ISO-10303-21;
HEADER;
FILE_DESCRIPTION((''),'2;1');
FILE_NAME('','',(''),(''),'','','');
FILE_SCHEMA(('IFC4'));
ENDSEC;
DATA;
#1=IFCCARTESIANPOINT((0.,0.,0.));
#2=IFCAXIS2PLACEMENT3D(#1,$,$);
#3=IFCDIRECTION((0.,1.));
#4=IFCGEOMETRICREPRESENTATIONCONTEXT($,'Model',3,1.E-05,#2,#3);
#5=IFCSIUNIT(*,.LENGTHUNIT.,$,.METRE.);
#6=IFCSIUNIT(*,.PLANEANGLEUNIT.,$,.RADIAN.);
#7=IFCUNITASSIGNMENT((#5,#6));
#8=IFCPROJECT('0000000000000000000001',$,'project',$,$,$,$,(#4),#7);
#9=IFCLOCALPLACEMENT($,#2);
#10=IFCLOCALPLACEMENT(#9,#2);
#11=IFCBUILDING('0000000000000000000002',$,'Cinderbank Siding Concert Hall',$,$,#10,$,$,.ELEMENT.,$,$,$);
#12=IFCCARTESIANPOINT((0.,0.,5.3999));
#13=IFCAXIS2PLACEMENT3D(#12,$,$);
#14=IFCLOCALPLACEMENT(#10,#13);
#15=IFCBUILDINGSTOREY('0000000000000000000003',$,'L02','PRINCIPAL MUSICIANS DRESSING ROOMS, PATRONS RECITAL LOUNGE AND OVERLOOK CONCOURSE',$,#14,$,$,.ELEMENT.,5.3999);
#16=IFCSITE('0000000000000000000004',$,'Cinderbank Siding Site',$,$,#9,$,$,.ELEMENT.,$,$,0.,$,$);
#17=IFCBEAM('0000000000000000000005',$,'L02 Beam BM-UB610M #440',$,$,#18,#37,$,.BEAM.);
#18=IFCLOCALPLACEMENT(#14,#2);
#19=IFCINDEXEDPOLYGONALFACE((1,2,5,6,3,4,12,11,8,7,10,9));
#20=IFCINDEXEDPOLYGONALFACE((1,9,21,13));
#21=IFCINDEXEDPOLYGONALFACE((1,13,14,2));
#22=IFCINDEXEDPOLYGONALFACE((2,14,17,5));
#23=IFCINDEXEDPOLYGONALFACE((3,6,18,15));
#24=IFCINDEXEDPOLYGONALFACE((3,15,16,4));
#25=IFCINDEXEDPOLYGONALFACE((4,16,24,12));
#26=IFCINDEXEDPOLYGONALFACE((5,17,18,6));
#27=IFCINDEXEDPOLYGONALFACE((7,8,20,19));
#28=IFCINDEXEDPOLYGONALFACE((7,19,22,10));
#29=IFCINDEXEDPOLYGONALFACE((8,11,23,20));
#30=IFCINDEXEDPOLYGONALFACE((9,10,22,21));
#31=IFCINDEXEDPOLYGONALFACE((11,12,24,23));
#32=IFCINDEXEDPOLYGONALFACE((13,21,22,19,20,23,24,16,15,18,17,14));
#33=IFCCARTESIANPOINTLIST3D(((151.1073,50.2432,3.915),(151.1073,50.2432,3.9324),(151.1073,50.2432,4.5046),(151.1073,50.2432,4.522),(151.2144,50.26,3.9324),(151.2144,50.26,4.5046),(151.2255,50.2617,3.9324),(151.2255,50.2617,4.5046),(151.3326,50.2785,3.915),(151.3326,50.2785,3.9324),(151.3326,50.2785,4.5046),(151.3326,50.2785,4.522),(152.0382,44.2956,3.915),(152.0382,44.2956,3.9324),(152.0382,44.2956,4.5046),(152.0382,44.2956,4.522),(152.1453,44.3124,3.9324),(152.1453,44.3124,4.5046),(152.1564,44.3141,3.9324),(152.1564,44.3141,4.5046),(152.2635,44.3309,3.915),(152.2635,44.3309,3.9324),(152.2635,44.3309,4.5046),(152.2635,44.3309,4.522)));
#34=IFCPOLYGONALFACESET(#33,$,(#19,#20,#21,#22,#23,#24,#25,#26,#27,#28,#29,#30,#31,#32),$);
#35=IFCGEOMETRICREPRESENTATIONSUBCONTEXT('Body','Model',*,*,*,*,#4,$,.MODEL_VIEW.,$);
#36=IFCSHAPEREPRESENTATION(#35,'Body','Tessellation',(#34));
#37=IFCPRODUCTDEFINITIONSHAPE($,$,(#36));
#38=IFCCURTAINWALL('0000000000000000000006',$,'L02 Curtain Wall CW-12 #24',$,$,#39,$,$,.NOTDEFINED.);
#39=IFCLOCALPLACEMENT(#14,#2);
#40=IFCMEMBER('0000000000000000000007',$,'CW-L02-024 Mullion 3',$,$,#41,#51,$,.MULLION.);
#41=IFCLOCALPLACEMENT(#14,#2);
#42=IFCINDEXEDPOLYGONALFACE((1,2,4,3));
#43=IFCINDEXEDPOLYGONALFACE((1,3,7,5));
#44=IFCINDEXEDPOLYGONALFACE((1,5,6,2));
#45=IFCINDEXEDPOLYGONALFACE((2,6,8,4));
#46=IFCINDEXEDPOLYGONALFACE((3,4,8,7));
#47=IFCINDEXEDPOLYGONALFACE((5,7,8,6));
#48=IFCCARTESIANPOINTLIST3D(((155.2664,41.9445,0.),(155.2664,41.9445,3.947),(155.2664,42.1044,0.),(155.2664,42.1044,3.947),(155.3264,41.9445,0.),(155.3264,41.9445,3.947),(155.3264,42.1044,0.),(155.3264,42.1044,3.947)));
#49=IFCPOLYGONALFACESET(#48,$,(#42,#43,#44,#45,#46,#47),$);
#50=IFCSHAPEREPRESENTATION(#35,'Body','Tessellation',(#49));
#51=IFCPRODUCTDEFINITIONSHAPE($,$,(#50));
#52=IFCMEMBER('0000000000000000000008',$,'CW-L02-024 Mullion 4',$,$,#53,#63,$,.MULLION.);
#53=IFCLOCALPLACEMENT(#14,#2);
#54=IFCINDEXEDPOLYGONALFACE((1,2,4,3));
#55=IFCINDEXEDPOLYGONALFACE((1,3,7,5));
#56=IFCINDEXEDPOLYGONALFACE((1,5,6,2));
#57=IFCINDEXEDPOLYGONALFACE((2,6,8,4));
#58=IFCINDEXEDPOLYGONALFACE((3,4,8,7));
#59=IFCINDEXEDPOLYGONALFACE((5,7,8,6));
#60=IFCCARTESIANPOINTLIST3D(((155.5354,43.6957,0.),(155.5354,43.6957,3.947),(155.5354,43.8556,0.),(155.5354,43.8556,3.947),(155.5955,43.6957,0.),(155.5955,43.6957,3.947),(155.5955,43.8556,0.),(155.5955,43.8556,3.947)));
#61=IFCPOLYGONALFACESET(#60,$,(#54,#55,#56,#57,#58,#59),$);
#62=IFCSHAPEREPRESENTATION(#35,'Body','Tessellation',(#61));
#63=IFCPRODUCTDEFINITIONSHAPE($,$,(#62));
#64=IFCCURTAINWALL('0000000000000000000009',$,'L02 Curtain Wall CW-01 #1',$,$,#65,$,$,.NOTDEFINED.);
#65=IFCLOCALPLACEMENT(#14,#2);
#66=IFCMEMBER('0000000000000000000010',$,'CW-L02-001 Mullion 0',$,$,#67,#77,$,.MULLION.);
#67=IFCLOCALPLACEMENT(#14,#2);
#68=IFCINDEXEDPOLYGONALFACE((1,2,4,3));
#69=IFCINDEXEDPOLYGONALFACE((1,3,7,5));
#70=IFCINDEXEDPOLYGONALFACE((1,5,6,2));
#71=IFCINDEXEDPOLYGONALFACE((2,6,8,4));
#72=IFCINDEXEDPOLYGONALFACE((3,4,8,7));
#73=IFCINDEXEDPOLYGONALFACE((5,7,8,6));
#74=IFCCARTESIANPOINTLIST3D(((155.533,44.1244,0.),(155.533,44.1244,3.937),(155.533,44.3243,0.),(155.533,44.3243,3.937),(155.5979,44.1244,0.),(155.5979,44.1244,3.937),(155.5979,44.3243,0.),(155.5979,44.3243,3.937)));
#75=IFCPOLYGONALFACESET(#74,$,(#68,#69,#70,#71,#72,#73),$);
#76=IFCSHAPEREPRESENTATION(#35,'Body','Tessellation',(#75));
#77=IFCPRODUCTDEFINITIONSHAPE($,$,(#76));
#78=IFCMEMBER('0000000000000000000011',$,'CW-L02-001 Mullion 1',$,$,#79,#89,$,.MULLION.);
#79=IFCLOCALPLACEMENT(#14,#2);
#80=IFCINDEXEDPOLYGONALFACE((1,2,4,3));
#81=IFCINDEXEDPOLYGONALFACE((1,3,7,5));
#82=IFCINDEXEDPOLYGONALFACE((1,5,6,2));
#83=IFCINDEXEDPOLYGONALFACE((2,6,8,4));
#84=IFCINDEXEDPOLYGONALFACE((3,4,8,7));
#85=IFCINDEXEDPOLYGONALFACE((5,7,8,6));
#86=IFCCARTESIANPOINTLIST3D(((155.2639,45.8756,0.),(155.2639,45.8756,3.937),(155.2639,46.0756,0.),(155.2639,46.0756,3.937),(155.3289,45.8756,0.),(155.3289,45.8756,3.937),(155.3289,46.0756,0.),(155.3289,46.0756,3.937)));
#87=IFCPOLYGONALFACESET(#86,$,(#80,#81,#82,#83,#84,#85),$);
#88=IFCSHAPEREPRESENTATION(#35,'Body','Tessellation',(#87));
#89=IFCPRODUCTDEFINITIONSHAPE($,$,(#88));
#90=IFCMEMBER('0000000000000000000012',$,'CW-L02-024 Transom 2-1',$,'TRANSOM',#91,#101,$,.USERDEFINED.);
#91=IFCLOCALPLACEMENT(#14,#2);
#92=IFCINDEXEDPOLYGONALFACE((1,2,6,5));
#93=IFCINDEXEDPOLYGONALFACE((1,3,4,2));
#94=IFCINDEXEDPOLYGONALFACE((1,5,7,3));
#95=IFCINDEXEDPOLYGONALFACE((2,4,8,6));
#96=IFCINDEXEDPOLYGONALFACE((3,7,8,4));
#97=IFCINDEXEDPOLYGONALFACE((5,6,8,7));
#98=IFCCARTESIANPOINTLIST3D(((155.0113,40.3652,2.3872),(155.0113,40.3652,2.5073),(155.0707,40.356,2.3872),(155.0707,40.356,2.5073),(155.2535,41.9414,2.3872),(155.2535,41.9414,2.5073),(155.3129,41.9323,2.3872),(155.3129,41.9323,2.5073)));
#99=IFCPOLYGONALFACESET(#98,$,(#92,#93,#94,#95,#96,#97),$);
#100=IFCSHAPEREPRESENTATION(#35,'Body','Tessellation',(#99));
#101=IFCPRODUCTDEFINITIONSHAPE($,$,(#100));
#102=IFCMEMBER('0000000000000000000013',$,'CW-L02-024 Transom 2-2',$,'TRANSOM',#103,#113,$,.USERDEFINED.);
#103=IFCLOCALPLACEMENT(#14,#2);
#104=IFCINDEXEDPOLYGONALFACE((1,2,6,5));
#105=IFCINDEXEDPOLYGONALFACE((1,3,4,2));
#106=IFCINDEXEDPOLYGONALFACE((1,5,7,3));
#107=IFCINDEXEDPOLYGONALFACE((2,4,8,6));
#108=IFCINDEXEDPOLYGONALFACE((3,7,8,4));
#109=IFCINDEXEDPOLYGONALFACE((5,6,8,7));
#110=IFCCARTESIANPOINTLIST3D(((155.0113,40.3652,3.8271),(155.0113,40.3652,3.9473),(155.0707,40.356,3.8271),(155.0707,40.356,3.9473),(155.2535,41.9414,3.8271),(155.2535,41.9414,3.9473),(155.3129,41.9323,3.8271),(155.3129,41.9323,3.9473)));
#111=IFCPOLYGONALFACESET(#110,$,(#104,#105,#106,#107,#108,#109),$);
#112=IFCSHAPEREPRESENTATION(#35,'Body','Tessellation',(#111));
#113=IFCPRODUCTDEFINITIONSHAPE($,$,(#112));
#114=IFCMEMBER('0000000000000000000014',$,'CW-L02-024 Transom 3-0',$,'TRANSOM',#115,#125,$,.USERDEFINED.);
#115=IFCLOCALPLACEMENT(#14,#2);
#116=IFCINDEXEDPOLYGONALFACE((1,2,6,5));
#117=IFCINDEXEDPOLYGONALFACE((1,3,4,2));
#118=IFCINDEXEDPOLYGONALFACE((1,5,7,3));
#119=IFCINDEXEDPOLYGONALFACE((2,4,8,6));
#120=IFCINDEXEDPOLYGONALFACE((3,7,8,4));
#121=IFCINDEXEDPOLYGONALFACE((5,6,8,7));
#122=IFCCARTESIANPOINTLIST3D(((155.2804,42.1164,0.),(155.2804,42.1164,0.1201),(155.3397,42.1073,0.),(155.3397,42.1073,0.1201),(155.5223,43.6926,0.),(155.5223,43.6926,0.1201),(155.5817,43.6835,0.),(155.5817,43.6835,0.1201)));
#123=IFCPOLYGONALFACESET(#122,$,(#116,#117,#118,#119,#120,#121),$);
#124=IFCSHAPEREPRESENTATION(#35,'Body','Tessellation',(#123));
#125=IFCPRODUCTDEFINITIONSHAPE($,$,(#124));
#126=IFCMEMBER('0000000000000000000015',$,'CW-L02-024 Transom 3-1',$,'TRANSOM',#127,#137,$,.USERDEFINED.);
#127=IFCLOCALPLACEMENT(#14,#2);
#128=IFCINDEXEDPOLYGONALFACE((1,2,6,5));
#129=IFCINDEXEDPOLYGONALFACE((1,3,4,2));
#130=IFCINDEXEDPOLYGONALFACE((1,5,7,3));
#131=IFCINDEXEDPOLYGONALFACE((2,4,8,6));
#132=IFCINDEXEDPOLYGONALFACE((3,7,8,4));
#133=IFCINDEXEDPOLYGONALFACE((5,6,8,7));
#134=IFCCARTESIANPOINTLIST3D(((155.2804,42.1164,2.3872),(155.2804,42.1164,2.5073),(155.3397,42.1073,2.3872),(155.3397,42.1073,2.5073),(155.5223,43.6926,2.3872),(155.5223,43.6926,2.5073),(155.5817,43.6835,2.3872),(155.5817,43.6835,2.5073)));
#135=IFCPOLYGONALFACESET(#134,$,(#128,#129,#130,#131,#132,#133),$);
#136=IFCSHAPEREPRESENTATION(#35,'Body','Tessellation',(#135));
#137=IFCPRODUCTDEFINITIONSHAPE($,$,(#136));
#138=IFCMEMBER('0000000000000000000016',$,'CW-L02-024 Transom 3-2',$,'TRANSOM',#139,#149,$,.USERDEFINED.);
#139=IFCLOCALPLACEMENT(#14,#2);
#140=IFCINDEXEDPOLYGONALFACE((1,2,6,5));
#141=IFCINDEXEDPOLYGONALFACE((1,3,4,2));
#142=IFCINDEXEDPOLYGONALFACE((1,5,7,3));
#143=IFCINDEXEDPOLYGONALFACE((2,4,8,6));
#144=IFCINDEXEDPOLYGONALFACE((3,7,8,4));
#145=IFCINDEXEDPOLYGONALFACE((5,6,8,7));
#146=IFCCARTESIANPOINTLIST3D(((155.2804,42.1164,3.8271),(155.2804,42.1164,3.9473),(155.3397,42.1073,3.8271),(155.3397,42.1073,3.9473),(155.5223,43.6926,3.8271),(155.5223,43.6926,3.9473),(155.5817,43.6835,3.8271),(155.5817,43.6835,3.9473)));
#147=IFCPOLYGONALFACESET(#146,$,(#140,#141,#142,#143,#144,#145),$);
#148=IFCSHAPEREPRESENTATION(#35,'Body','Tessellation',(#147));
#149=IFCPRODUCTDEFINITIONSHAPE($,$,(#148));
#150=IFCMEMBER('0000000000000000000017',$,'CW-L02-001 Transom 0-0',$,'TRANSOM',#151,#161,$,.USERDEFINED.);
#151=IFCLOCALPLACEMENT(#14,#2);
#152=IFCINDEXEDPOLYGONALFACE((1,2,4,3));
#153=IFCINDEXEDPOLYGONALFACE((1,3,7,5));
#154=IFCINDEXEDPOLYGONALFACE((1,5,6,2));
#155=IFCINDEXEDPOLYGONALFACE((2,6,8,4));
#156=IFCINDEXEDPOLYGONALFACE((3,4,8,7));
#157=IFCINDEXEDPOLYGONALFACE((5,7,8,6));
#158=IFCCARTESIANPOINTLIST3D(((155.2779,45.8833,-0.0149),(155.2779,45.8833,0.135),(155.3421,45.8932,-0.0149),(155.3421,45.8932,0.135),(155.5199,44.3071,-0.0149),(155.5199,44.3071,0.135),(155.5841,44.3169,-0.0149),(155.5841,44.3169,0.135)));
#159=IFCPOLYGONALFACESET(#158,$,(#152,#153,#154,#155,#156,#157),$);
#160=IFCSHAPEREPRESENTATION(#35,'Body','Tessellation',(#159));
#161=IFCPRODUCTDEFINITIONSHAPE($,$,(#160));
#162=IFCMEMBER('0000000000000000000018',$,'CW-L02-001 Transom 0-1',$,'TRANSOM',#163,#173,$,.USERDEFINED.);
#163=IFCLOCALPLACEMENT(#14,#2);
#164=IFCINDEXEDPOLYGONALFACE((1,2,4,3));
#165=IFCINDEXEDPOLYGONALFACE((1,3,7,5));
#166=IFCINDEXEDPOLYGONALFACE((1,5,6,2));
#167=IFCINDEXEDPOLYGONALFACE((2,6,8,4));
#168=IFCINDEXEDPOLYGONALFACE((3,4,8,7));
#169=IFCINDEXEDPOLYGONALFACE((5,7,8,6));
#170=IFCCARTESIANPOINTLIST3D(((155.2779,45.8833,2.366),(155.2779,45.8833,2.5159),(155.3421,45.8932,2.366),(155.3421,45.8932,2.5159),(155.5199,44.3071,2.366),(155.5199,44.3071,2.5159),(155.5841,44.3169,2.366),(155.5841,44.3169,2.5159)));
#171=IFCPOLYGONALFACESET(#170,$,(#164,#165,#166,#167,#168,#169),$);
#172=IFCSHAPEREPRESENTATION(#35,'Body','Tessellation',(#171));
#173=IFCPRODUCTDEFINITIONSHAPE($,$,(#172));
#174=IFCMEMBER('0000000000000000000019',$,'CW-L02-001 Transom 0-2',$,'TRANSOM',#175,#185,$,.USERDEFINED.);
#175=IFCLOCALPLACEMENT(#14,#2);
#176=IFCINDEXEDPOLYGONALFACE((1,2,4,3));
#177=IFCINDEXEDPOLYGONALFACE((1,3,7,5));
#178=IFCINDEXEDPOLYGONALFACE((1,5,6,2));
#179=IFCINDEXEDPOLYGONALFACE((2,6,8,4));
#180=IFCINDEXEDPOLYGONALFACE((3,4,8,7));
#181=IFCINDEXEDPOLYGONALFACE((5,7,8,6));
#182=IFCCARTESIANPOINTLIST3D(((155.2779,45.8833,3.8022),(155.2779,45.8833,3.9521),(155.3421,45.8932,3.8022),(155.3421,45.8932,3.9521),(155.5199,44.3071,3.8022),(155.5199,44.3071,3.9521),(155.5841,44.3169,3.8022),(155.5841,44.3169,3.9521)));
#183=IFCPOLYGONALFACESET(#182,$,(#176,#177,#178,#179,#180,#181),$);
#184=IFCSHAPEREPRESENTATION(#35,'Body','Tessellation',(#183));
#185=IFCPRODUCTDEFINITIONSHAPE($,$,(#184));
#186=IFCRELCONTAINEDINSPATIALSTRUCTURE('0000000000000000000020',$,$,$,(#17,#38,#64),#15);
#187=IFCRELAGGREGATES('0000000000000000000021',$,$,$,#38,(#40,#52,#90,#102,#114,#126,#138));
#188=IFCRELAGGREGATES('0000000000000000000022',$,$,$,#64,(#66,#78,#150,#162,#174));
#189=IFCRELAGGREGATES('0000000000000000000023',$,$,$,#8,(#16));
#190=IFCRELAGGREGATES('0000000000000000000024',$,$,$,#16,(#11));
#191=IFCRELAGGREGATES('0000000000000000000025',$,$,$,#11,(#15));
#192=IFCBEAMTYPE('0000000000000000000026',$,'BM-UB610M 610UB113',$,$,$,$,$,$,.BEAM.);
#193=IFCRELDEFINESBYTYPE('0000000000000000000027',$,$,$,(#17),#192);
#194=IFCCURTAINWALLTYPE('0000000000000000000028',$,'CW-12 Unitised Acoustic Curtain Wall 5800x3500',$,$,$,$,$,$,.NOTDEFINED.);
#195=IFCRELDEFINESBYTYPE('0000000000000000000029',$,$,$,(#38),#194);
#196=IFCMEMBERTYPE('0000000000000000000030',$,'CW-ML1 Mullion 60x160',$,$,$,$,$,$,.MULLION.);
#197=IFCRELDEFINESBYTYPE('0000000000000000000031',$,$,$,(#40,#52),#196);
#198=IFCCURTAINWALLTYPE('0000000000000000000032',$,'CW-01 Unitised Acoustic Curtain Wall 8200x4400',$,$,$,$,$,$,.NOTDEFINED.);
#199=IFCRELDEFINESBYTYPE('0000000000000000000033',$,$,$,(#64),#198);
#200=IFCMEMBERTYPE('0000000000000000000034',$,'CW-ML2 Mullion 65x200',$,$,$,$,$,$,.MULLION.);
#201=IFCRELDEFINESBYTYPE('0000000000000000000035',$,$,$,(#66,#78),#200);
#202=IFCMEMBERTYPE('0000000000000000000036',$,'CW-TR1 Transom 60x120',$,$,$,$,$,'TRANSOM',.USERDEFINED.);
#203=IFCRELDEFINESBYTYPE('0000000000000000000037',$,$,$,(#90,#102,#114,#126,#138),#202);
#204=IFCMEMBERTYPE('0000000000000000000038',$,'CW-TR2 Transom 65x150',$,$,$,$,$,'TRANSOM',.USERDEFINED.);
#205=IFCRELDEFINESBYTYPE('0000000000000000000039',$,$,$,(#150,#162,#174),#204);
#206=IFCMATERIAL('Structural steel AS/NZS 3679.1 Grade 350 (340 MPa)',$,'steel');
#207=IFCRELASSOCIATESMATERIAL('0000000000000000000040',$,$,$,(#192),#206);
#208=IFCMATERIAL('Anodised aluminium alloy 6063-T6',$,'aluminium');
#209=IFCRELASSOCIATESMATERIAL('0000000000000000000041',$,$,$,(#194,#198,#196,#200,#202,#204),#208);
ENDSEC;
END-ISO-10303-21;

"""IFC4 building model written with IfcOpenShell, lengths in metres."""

from ifc_helpers import new_model, si_unit, direction, frame, origin, origin_2d, place, context, subcontext, project, spatial, rectangle, i_section, extrude, material, material_profile, profile_set, type_object, element, aggregate, save


model = new_model("IFC4")

# Units and contexts
model_context = context("Model", 3, precision=1e-05, world=origin(), true_north=direction((0.0, 1.0)))
body_context = subcontext(model_context, "Body", "Model", "MODEL_VIEW")
ifc_project = project(units=[si_unit("LENGTHUNIT", "METRE"), si_unit("PLANEANGLEUNIT", "RADIAN")], contexts=[model_context])

# Site, building, storey
site_placement = place(None, origin())
site = spatial("IfcSite", under=ifc_project, at=site_placement, Name="Cinderbank Siding Site", CompositionType="ELEMENT", RefElevation=0.0)
building_placement = place(site_placement, origin())
building = spatial("IfcBuilding", under=site, at=building_placement, Name="Cinderbank Siding Concert Hall", CompositionType="ELEMENT")
storey_placement = place(building_placement, frame((0.0, 0.0, 5.3999)))
storey = spatial("IfcBuildingStorey", under=building, at=storey_placement, Name="L02", Description="PRINCIPAL MUSICIANS DRESSING ROOMS, PATRONS RECITAL LOUNGE AND OVERLOOK CONCOURSE", CompositionType="ELEMENT", Elevation=5.3999)

# Beam
ifc_material_1 = material(Name="Structural steel AS/NZS 3679.1 Grade 350 (340 MPa)", Category="steel")
ifc_material_profile_1 = material_profile(ifc_material_1, i_section(OverallWidth=0.228, OverallDepth=0.6069, WebThickness=0.0112, FlangeThickness=0.0173, at=origin_2d()), Name="610UB113", Category="LoadBearing")
ifc_profile_set_1 = profile_set([ifc_material_profile_1], Name="Structural steel AS/NZS 3679.1 Grade 350 (340 MPa)")
beam_type_1 = type_object("IfcBeamType", Name="BM-UB610M 610UB113", PredefinedType="BEAM", material=ifc_profile_set_1)
beam_1_placement = place(storey_placement, frame((152.1509, 44.3132, 4.2185), z_axis=(-0.154638, 0.987971, 0.0), x_axis=(-0.987971, -0.154638, 0.0)))
element("IfcBeam", 1, at=beam_1_placement, inside=storey, type_object=beam_type_1, Name="L02 Beam BM-UB610M #440", PredefinedType="BEAM", context=body_context, shape_type="SweptSolid", body=[
    extrude(i_section(OverallWidth=0.228, OverallDepth=0.6069, WebThickness=0.0112, FlangeThickness=0.0173, at=origin_2d()), origin(), (0.0, 0.0, 1.0), 6.02),
])

# Curtain walls, members
ifc_material_2 = material(Name="Anodised aluminium alloy 6063-T6", Category="aluminium")
curtain_wall_type_1 = type_object("IfcCurtainWallType", Name="CW-12 Unitised Acoustic Curtain Wall 5800x3500", PredefinedType="NOTDEFINED", material=ifc_material_2)
curtain_wall_1_placement = place(storey_placement, origin())
curtain_wall_1 = element("IfcCurtainWall", 2, at=curtain_wall_1_placement, inside=storey, type_object=curtain_wall_type_1, Name="L02 Curtain Wall CW-12 #24", PredefinedType="NOTDEFINED")
ifc_material_profile_2 = material_profile(ifc_material_2, rectangle(XDim=0.0601, YDim=0.1599, at=origin_2d()), Name="ALU-MULL-60x160", Category="LoadBearing")
ifc_profile_set_2 = profile_set([ifc_material_profile_2], Name="Anodised aluminium alloy 6063-T6")
member_type_1 = type_object("IfcMemberType", Name="CW-ML1 Mullion 60x160", PredefinedType="MULLION", material=ifc_profile_set_2)
member_1_placement = place(storey_placement, frame((155.2964, 42.0244, 0.0), z_axis=(0.0, 0.0, 1.0), x_axis=(1.0, 0.0, 0.0)))
member_1 = element("IfcMember", 3, at=member_1_placement, type_object=member_type_1, Name="CW-L02-024 Mullion 3", PredefinedType="MULLION", context=body_context, shape_type="SweptSolid", body=[
    extrude(rectangle(XDim=0.0601, YDim=0.1599, at=origin_2d()), origin(), (0.0, 0.0, 1.0), 3.947),
])
member_2_placement = place(storey_placement, frame((155.5654, 43.7756, 0.0), z_axis=(0.0, 0.0, 1.0), x_axis=(1.0, 0.0, 0.0)))
member_2 = element("IfcMember", 4, at=member_2_placement, type_object=member_type_1, Name="CW-L02-024 Mullion 4", PredefinedType="MULLION", context=body_context, shape_type="SweptSolid", body=[
    extrude(rectangle(XDim=0.0601, YDim=0.1599, at=origin_2d()), origin(), (0.0, 0.0, 1.0), 3.947),
])
curtain_wall_type_2 = type_object("IfcCurtainWallType", Name="CW-01 Unitised Acoustic Curtain Wall 8200x4400", PredefinedType="NOTDEFINED", material=ifc_material_2)
curtain_wall_2_placement = place(storey_placement, origin())
curtain_wall_2 = element("IfcCurtainWall", 5, at=curtain_wall_2_placement, inside=storey, type_object=curtain_wall_type_2, Name="L02 Curtain Wall CW-01 #1", PredefinedType="NOTDEFINED")
ifc_material_profile_3 = material_profile(ifc_material_2, rectangle(XDim=0.0649, YDim=0.2, at=origin_2d()), Name="ALU-MULL-65x200", Category="LoadBearing")
ifc_profile_set_3 = profile_set([ifc_material_profile_3], Name="Anodised aluminium alloy 6063-T6")
member_type_2 = type_object("IfcMemberType", Name="CW-ML2 Mullion 65x200", PredefinedType="MULLION", material=ifc_profile_set_3)
member_3_placement = place(storey_placement, frame((155.5654, 44.2244, 0.0), z_axis=(0.0, 0.0, 1.0), x_axis=(1.0, 0.0, 0.0)))
member_3 = element("IfcMember", 6, at=member_3_placement, type_object=member_type_2, Name="CW-L02-001 Mullion 0", PredefinedType="MULLION", context=body_context, shape_type="SweptSolid", body=[
    extrude(rectangle(XDim=0.0649, YDim=0.2, at=origin_2d()), origin(), (0.0, 0.0, 1.0), 3.937),
])
member_4_placement = place(storey_placement, frame((155.2964, 45.9756, 0.0), z_axis=(0.0, 0.0, 1.0), x_axis=(1.0, 0.0, 0.0)))
member_4 = element("IfcMember", 7, at=member_4_placement, type_object=member_type_2, Name="CW-L02-001 Mullion 1", PredefinedType="MULLION", context=body_context, shape_type="SweptSolid", body=[
    extrude(rectangle(XDim=0.0649, YDim=0.2, at=origin_2d()), origin(), (0.0, 0.0, 1.0), 3.937),
])

# Members
ifc_material_profile_4 = material_profile(ifc_material_2, rectangle(XDim=0.0601, YDim=0.1201, at=origin_2d()), Name="ALU-TRAN-60x120", Category="LoadBearing")
ifc_profile_set_4 = profile_set([ifc_material_profile_4], Name="Anodised aluminium alloy 6063-T6")
member_type_3 = type_object("IfcMemberType", Name="CW-TR1 Transom 60x120", ElementType="TRANSOM", PredefinedType="USERDEFINED", material=ifc_profile_set_4)
member_5_placement = place(storey_placement, frame((155.041, 40.3606, 2.4473), z_axis=(0.151873, 0.9884, 0.0), x_axis=(-0.9884, 0.151873, 0.0)))
member_5 = element("IfcMember", 8, at=member_5_placement, type_object=member_type_3, Name="CW-L02-024 Transom 2-1", ObjectType="TRANSOM", PredefinedType="USERDEFINED", context=body_context, shape_type="SweptSolid", body=[
    extrude(rectangle(XDim=0.0601, YDim=0.1201, at=origin_2d()), origin(), (0.0, 0.0, 1.0), 1.5947),
])
member_6_placement = place(storey_placement, frame((155.041, 40.3606, 3.8872), z_axis=(0.151873, 0.9884, 0.0), x_axis=(-0.9884, 0.151873, 0.0)))
member_6 = element("IfcMember", 9, at=member_6_placement, type_object=member_type_3, Name="CW-L02-024 Transom 2-2", ObjectType="TRANSOM", PredefinedType="USERDEFINED", context=body_context, shape_type="SweptSolid", body=[
    extrude(rectangle(XDim=0.0601, YDim=0.1201, at=origin_2d()), origin(), (0.0, 0.0, 1.0), 1.5947),
])
member_7_placement = place(storey_placement, frame((155.3101, 42.1118, 0.0601), z_axis=(0.151724, 0.988423, 0.0), x_axis=(-0.988423, 0.151724, 0.0)))
member_7 = element("IfcMember", 10, at=member_7_placement, type_object=member_type_3, Name="CW-L02-024 Transom 3-0", ObjectType="TRANSOM", PredefinedType="USERDEFINED", context=body_context, shape_type="SweptSolid", body=[
    extrude(rectangle(XDim=0.0601, YDim=0.1201, at=origin_2d()), origin(), (0.0, 0.0, 1.0), 1.5947),
])
member_8_placement = place(storey_placement, frame((155.3101, 42.1118, 2.4473), z_axis=(0.151724, 0.988423, 0.0), x_axis=(-0.988423, 0.151724, 0.0)))
member_8 = element("IfcMember", 11, at=member_8_placement, type_object=member_type_3, Name="CW-L02-024 Transom 3-1", ObjectType="TRANSOM", PredefinedType="USERDEFINED", context=body_context, shape_type="SweptSolid", body=[
    extrude(rectangle(XDim=0.0601, YDim=0.1201, at=origin_2d()), origin(), (0.0, 0.0, 1.0), 1.5947),
])
member_9_placement = place(storey_placement, frame((155.3101, 42.1118, 3.8872), z_axis=(0.151724, 0.988423, 0.0), x_axis=(-0.988423, 0.151724, 0.0)))
member_9 = element("IfcMember", 12, at=member_9_placement, type_object=member_type_3, Name="CW-L02-024 Transom 3-2", ObjectType="TRANSOM", PredefinedType="USERDEFINED", context=body_context, shape_type="SweptSolid", body=[
    extrude(rectangle(XDim=0.0601, YDim=0.1201, at=origin_2d()), origin(), (0.0, 0.0, 1.0), 1.5947),
])
ifc_material_profile_5 = material_profile(ifc_material_2, rectangle(XDim=0.0649, YDim=0.1499, at=origin_2d()), Name="ALU-TRAN-65x150", Category="LoadBearing")
ifc_profile_set_5 = profile_set([ifc_material_profile_5], Name="Anodised aluminium alloy 6063-T6")
member_type_4 = type_object("IfcMemberType", Name="CW-TR2 Transom 65x150", ElementType="TRANSOM", PredefinedType="USERDEFINED", material=ifc_profile_set_5)
member_10_placement = place(storey_placement, frame((155.552, 44.312, 0.0601), z_axis=(-0.151724, 0.988423, 0.0), x_axis=(-0.988423, -0.151724, 0.0)))
member_10 = element("IfcMember", 13, at=member_10_placement, type_object=member_type_4, Name="CW-L02-001 Transom 0-0", ObjectType="TRANSOM", PredefinedType="USERDEFINED", context=body_context, shape_type="SweptSolid", body=[
    extrude(rectangle(XDim=0.0649, YDim=0.1499, at=origin_2d()), origin(), (0.0, 0.0, 1.0), 1.5947),
])
member_11_placement = place(storey_placement, frame((155.552, 44.312, 2.4409), z_axis=(-0.151724, 0.988423, 0.0), x_axis=(-0.988423, -0.151724, 0.0)))
member_11 = element("IfcMember", 14, at=member_11_placement, type_object=member_type_4, Name="CW-L02-001 Transom 0-1", ObjectType="TRANSOM", PredefinedType="USERDEFINED", context=body_context, shape_type="SweptSolid", body=[
    extrude(rectangle(XDim=0.0649, YDim=0.1499, at=origin_2d()), origin(), (0.0, 0.0, 1.0), 1.5947),
])
member_12_placement = place(storey_placement, frame((155.552, 44.312, 3.8772), z_axis=(-0.151724, 0.988423, 0.0), x_axis=(-0.988423, -0.151724, 0.0)))
member_12 = element("IfcMember", 15, at=member_12_placement, type_object=member_type_4, Name="CW-L02-001 Transom 0-2", ObjectType="TRANSOM", PredefinedType="USERDEFINED", context=body_context, shape_type="SweptSolid", body=[
    extrude(rectangle(XDim=0.0649, YDim=0.1499, at=origin_2d()), origin(), (0.0, 0.0, 1.0), 1.5947),
])

aggregate(curtain_wall_1, [member_1, member_2, member_5, member_6, member_7, member_8, member_9])
aggregate(curtain_wall_2, [member_3, member_4, member_10, member_11, member_12])

save(model, "model.ifc")
